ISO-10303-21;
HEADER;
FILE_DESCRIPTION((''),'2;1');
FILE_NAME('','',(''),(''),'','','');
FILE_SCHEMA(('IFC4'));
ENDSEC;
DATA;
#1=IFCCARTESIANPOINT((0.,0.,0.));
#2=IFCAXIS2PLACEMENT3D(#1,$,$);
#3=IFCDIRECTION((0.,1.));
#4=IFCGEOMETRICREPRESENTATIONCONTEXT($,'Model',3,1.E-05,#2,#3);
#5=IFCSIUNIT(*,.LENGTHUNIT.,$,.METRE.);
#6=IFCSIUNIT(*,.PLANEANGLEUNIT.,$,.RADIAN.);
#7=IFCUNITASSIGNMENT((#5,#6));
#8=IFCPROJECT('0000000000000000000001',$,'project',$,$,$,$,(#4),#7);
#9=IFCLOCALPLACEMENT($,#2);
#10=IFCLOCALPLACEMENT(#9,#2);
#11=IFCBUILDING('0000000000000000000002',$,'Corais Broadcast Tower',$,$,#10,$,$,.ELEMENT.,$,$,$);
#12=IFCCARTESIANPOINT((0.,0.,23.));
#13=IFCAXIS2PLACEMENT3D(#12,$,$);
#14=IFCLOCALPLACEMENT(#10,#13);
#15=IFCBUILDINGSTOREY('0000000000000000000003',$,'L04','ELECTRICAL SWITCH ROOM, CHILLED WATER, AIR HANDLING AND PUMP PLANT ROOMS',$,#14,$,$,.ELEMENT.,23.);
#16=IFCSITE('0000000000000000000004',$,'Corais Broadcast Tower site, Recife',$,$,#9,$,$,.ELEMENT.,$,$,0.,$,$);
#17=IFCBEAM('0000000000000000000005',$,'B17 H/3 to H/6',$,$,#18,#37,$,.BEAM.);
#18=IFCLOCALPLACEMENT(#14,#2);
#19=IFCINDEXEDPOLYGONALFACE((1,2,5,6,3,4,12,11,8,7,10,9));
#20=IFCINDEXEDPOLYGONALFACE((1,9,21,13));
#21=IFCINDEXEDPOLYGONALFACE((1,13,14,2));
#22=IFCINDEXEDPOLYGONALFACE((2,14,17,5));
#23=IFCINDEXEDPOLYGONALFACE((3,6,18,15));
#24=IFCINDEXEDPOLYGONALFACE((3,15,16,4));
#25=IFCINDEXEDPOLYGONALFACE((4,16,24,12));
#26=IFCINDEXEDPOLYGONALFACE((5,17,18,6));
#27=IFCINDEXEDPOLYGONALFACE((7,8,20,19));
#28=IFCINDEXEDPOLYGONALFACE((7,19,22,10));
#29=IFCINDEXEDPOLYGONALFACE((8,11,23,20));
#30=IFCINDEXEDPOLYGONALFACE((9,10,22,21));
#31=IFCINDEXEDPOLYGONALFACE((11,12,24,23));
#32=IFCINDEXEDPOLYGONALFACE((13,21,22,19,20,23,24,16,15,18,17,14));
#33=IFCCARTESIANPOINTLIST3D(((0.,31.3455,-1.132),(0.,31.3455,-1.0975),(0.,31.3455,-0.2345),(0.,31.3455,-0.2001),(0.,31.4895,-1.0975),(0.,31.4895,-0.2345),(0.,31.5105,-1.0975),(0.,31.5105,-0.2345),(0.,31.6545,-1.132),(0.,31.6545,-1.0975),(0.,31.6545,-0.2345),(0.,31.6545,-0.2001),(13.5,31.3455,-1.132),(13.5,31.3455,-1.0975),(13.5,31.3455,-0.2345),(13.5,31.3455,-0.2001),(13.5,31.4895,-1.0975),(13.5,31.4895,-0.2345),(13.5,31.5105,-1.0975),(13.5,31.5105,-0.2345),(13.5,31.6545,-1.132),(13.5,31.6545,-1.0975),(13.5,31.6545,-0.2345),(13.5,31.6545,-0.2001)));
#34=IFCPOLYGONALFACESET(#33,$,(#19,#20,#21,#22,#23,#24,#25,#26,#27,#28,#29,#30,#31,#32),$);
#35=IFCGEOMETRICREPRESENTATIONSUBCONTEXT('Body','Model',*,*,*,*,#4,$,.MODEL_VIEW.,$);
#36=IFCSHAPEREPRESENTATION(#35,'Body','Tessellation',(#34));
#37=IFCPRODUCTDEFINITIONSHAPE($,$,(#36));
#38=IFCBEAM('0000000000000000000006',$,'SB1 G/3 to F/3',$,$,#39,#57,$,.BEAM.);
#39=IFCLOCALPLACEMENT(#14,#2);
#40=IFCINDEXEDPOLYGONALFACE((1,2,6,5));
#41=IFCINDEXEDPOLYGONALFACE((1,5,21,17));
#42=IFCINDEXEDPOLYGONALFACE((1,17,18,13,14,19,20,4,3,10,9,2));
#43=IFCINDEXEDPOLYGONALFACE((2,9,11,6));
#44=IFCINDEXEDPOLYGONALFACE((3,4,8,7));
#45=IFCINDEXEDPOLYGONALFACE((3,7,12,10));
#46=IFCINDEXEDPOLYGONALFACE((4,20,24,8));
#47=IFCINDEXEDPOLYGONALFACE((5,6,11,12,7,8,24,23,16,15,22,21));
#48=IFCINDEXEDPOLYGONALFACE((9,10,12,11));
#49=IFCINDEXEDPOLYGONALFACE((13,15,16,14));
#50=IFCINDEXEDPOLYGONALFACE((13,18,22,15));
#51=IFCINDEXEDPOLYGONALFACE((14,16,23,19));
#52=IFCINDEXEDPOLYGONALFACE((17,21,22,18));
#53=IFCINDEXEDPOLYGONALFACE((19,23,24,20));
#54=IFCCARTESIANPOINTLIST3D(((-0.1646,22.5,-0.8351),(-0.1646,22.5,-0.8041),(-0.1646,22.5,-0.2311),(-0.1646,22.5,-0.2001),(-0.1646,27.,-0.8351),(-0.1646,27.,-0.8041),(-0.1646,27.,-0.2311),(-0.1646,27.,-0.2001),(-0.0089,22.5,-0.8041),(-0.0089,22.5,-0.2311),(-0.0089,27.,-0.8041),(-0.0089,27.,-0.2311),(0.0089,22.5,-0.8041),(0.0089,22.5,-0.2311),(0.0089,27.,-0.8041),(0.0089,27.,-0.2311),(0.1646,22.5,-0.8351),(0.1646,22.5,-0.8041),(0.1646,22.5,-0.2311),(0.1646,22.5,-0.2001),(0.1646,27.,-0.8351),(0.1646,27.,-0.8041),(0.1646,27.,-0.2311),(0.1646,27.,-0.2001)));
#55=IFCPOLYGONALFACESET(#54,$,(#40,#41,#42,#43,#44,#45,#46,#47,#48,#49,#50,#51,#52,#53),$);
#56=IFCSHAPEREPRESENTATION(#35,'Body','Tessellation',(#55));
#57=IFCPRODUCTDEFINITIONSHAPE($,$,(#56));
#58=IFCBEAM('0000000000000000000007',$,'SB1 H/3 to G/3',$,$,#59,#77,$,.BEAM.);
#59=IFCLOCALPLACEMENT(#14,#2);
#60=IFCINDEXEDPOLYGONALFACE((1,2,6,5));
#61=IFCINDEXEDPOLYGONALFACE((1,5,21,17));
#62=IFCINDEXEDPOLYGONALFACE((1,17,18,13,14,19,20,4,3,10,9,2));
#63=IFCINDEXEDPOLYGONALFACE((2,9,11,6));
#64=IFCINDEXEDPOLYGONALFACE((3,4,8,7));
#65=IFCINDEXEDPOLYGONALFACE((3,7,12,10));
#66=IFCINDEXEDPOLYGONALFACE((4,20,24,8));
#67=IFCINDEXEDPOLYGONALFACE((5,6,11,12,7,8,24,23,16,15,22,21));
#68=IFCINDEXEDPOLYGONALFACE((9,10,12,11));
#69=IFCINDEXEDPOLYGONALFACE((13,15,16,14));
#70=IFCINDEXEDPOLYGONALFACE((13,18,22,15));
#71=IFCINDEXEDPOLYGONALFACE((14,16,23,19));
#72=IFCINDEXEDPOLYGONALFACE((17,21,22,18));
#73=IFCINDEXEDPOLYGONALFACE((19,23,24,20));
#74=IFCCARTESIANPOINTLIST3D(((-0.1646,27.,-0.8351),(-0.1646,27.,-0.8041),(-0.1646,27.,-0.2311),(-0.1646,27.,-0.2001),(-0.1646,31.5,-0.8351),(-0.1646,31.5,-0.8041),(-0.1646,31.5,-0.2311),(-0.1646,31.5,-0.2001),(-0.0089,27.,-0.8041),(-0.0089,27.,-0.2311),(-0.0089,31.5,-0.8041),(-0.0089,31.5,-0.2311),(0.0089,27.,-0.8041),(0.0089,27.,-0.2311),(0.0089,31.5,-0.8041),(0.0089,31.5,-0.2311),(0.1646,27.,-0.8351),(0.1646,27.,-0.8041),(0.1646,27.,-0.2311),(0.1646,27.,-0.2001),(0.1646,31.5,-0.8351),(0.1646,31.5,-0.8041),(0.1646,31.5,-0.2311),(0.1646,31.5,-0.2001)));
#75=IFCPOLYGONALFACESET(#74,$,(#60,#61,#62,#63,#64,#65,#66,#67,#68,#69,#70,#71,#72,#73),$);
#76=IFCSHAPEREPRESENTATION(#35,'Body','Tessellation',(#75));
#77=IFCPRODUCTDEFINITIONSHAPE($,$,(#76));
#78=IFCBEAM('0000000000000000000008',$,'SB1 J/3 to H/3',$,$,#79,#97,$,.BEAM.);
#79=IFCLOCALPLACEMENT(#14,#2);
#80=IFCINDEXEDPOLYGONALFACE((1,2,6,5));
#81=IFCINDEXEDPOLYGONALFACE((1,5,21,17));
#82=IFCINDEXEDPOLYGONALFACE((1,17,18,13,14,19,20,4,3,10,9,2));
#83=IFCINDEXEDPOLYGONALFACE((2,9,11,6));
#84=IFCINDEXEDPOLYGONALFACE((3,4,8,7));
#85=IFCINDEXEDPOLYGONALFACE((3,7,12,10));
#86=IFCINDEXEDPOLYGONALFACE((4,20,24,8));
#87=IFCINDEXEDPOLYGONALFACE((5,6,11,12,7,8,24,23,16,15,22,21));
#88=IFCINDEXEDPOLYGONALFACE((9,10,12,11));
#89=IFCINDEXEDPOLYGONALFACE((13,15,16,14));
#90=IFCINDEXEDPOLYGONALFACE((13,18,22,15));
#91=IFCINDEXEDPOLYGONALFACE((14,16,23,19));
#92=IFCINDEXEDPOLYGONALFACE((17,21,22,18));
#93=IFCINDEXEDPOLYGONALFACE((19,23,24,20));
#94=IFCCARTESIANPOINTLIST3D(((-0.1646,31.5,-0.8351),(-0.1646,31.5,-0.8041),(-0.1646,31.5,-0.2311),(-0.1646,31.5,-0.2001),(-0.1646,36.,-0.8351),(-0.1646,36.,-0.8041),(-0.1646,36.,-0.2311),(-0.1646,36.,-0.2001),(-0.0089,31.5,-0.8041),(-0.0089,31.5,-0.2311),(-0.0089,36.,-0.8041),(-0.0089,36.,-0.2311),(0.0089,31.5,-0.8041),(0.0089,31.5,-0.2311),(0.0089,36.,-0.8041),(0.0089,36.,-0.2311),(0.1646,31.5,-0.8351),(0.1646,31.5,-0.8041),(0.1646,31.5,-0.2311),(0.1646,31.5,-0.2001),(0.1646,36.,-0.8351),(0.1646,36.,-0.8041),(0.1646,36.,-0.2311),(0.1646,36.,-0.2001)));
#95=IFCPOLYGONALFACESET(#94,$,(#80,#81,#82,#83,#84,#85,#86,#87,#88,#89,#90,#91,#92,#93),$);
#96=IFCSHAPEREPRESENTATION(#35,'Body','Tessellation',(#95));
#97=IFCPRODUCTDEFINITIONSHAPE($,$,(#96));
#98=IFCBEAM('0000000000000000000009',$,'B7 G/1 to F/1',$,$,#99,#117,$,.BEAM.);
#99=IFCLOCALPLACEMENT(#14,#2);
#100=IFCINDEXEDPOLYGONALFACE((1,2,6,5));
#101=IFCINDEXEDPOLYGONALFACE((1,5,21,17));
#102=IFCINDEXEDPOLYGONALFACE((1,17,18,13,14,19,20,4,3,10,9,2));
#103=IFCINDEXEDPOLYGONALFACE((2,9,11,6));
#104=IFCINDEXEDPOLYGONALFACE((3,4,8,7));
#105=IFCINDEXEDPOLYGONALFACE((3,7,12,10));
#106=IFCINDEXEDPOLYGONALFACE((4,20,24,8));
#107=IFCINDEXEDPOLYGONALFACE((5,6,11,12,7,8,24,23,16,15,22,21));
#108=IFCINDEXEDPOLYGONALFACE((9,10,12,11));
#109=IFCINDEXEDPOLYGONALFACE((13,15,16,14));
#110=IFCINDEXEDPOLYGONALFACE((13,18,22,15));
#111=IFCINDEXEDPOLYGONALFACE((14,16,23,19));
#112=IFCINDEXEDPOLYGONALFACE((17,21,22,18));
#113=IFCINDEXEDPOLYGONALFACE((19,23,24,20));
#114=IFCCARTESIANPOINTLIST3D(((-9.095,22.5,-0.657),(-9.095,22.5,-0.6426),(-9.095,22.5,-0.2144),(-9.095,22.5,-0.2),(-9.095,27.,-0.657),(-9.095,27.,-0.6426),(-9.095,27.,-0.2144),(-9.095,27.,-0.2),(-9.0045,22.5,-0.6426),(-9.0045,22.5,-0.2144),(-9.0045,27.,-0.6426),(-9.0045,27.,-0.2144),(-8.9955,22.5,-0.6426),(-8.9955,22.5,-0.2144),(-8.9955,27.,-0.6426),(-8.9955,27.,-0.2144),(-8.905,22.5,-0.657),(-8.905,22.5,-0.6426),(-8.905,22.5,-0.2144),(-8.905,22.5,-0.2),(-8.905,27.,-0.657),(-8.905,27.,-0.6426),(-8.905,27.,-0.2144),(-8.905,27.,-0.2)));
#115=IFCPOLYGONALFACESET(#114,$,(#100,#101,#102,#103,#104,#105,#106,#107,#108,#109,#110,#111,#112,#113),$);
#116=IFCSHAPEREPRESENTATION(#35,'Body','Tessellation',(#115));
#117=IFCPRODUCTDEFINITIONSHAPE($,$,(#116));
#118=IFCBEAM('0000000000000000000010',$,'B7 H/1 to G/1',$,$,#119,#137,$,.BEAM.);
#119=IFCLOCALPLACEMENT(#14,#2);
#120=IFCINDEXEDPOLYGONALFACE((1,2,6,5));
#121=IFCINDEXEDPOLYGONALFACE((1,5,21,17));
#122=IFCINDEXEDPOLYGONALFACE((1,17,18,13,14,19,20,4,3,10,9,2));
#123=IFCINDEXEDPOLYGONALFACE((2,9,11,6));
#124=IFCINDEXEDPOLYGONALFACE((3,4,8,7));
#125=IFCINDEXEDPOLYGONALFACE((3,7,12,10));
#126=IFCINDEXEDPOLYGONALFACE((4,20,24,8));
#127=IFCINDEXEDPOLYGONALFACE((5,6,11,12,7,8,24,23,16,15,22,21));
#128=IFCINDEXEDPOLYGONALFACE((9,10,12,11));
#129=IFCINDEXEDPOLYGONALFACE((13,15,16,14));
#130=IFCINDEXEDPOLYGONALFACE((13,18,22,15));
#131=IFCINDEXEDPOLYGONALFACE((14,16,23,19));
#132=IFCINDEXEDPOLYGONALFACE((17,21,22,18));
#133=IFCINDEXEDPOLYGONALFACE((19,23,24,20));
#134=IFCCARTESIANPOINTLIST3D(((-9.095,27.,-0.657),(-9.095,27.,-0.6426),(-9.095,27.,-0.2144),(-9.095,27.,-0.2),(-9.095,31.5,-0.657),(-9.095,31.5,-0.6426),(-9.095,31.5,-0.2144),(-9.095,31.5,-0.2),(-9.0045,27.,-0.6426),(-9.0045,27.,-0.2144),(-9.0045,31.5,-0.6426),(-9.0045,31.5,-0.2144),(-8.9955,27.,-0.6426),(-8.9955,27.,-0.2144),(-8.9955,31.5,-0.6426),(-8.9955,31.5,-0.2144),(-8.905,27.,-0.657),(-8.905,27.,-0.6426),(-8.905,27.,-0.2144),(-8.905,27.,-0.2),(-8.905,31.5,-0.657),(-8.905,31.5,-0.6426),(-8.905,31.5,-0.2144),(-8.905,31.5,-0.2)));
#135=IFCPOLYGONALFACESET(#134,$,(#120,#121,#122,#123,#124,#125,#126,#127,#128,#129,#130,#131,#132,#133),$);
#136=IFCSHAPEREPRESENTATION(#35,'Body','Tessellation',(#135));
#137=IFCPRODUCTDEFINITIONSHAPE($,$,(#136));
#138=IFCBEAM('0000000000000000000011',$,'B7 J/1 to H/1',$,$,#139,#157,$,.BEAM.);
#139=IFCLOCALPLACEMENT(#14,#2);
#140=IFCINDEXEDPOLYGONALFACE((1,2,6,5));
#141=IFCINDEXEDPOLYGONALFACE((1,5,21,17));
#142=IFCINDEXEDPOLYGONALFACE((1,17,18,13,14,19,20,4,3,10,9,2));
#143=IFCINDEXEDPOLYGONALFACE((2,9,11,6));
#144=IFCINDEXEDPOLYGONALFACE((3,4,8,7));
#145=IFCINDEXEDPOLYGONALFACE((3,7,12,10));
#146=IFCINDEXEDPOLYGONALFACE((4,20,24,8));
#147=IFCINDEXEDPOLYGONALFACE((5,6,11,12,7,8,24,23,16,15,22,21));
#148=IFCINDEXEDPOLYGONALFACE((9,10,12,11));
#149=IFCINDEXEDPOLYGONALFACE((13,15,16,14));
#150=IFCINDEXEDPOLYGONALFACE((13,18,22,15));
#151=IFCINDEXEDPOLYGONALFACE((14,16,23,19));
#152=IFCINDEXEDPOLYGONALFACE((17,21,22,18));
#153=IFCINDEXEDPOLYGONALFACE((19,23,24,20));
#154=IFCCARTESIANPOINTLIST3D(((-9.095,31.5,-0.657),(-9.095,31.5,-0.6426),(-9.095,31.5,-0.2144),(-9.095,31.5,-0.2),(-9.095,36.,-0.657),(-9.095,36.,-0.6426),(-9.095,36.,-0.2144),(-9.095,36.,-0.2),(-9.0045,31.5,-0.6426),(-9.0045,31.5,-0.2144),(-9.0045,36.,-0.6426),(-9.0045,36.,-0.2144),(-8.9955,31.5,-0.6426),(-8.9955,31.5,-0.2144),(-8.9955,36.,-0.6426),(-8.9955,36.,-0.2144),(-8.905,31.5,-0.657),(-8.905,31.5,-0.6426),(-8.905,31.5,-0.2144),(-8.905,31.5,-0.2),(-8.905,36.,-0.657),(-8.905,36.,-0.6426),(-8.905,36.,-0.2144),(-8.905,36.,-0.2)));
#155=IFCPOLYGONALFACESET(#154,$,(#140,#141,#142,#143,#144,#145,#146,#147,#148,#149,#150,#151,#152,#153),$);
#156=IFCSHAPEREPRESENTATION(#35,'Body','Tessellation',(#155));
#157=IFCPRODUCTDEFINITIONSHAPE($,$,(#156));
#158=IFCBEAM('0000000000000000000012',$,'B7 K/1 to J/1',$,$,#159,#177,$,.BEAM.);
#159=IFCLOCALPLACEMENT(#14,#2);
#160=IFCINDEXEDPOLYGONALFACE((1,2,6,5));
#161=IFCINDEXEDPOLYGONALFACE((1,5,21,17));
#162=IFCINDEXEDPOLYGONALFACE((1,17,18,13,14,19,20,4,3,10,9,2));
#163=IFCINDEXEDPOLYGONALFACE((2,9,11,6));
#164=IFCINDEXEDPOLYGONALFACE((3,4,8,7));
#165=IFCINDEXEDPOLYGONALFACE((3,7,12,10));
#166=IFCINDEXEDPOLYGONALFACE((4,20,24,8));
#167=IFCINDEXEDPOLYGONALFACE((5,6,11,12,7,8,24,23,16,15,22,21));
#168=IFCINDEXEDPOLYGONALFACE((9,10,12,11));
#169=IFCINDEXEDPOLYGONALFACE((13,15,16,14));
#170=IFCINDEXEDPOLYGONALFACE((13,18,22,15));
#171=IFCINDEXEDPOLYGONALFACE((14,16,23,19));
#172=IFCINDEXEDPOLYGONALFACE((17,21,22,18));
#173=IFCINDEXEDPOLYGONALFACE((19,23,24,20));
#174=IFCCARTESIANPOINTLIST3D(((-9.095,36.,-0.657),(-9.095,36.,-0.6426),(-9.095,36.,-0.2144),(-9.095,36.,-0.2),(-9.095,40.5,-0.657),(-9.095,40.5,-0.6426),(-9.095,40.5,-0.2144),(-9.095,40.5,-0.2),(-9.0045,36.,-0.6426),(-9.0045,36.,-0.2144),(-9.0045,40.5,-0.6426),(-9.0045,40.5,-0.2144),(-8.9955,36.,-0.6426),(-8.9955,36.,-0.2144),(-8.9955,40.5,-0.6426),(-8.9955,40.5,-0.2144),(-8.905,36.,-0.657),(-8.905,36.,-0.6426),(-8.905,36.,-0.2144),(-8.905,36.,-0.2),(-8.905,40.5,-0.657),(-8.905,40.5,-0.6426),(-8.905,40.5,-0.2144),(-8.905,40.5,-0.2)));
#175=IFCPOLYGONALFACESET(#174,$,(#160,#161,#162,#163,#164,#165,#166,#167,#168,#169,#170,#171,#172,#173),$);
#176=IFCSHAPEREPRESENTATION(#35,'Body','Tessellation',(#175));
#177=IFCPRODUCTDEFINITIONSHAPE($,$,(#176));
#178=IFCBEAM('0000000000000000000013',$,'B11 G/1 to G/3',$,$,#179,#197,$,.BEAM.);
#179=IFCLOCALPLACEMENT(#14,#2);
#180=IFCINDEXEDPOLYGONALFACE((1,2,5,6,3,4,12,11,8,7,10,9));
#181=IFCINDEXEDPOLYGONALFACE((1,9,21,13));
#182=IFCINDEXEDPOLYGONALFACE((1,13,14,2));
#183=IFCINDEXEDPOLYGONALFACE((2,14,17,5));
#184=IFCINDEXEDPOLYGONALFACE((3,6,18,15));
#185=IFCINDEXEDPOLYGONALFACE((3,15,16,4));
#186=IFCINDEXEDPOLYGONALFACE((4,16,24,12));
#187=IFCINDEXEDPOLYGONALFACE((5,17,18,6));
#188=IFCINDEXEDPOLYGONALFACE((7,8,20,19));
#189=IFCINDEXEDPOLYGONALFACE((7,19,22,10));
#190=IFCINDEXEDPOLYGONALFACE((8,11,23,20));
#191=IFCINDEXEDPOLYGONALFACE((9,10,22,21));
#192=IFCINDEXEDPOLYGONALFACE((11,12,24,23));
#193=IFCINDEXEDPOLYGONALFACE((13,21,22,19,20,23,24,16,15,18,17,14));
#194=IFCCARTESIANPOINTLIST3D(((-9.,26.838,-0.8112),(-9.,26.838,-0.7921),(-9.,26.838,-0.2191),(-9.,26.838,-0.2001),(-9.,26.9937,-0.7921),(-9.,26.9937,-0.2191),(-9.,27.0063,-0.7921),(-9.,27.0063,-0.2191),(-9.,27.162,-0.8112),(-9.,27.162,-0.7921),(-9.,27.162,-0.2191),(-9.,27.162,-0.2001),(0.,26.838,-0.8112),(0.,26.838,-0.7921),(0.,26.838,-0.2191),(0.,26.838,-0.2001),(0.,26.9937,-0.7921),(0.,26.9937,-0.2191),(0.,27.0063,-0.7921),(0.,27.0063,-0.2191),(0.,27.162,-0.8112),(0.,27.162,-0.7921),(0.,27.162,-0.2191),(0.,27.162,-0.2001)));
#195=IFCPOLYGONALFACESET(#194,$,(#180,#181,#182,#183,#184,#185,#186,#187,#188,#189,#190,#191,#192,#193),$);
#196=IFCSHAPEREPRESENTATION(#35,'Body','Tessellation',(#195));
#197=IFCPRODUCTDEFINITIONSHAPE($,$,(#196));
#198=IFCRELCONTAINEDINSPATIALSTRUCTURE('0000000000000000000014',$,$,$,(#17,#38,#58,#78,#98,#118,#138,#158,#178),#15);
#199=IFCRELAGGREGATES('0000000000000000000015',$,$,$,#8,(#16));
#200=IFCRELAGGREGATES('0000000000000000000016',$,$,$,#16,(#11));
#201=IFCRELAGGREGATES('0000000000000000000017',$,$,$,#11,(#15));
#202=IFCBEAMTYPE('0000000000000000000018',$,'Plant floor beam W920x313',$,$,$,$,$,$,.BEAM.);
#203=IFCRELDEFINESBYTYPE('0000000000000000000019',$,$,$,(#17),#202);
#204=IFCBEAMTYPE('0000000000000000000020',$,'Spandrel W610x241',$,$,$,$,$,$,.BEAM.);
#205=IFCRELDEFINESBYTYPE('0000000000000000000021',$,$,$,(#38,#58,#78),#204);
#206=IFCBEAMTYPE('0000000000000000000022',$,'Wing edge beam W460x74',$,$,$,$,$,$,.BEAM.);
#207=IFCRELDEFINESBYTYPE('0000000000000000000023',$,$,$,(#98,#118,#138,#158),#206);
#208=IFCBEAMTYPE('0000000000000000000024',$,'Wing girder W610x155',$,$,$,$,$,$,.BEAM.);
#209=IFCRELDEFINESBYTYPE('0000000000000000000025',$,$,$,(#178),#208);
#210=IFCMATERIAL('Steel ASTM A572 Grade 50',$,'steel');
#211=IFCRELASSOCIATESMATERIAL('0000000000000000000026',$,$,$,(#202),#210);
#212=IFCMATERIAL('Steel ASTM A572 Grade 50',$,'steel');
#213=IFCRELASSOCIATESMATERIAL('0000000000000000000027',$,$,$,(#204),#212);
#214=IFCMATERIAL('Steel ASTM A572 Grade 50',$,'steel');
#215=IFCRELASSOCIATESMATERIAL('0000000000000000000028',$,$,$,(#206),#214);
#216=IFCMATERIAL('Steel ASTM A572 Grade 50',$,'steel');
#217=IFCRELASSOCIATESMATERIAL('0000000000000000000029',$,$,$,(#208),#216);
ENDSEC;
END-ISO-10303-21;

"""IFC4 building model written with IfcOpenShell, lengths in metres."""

from ifc_helpers import new_model, si_unit, direction, frame, origin, origin_2d, place, context, subcontext, project, spatial, i_section, extrude, material, material_profile, profile_set, type_object, element, save


model = new_model("IFC4")

# Units and contexts
model_context = context("Model", 3, precision=1e-05, world=origin(), true_north=direction((0.0, 1.0)))
body_context = subcontext(model_context, "Body", "Model", "MODEL_VIEW")
ifc_project = project(units=[si_unit("LENGTHUNIT", "METRE"), si_unit("PLANEANGLEUNIT", "RADIAN")], contexts=[model_context])

# Site, building, storey
site_placement = place(None, origin())
site = spatial("IfcSite", under=ifc_project, at=site_placement, Name="Corais Broadcast Tower site, Recife", CompositionType="ELEMENT", RefElevation=0.0)
building_placement = place(site_placement, origin())
building = spatial("IfcBuilding", under=site, at=building_placement, Name="Corais Broadcast Tower", CompositionType="ELEMENT")
storey_placement = place(building_placement, frame((0.0, 0.0, 23.0)))
storey = spatial("IfcBuildingStorey", under=building, at=storey_placement, Name="L04", Description="ELECTRICAL SWITCH ROOM, CHILLED WATER, AIR HANDLING AND PUMP PLANT ROOMS", CompositionType="ELEMENT", Elevation=23.0)

# Beams
ifc_material_1 = material(Name="Steel ASTM A572 Grade 50", Category="steel")
ifc_material_profile_1 = material_profile(ifc_material_1, i_section(OverallWidth=0.3091, OverallDepth=0.9319, WebThickness=0.021, FlangeThickness=0.0344, at=origin_2d()), Name="W920x313")
ifc_profile_set_1 = profile_set([ifc_material_profile_1], Name="Steel ASTM A572 Grade 50")
beam_type_1 = type_object("IfcBeamType", Name="Plant floor beam W920x313", PredefinedType="BEAM", material=ifc_profile_set_1)
for number, where, z_axis, x_axis, name in (
    (1, (0.0, 31.5, -0.666), (1.0, 0.0, 0.0), (0.0, 1.0, 0.0), "B17 H/3 to H/6"),
):
    element("IfcBeam", number, at=place(storey_placement, frame(where, z_axis=z_axis, x_axis=x_axis)), inside=storey, type_object=beam_type_1, Name=name, PredefinedType="BEAM", context=body_context, shape_type="SweptSolid", body=[
        extrude(i_section(OverallWidth=0.3091, OverallDepth=0.9319, WebThickness=0.021, FlangeThickness=0.0344, at=origin_2d()), origin(), (0.0, 0.0, 1.0), 13.5),
    ])
ifc_material_2 = material(Name="Steel ASTM A572 Grade 50", Category="steel")
ifc_material_profile_2 = material_profile(ifc_material_2, i_section(OverallWidth=0.3291, OverallDepth=0.635, WebThickness=0.0178, FlangeThickness=0.031, at=origin_2d()), Name="W610x241")
ifc_profile_set_2 = profile_set([ifc_material_profile_2], Name="Steel ASTM A572 Grade 50")
beam_type_2 = type_object("IfcBeamType", Name="Spandrel W610x241", PredefinedType="BEAM", material=ifc_profile_set_2)
for number, where, z_axis, x_axis, name in (
    (2, (0.0, 27.0, -0.5176), (0.0, -1.0, 0.0), (1.0, 0.0, 0.0), "SB1 G/3 to F/3"),
    (3, (0.0, 31.5, -0.5176), (0.0, -1.0, 0.0), (1.0, 0.0, 0.0), "SB1 H/3 to G/3"),
    (4, (0.0, 36.0, -0.5176), (0.0, -1.0, 0.0), (1.0, 0.0, 0.0), "SB1 J/3 to H/3"),
):
    element("IfcBeam", number, at=place(storey_placement, frame(where, z_axis=z_axis, x_axis=x_axis)), inside=storey, type_object=beam_type_2, Name=name, PredefinedType="BEAM", context=body_context, shape_type="SweptSolid", body=[
        extrude(i_section(OverallWidth=0.3291, OverallDepth=0.635, WebThickness=0.0178, FlangeThickness=0.031, at=origin_2d()), origin(), (0.0, 0.0, 1.0), 4.5),
    ])
ifc_material_3 = material(Name="Steel ASTM A572 Grade 50", Category="steel")
ifc_material_profile_3 = material_profile(ifc_material_3, i_section(OverallWidth=0.1899, OverallDepth=0.457, WebThickness=0.009, FlangeThickness=0.0144, at=origin_2d()), Name="W460x74")
ifc_profile_set_3 = profile_set([ifc_material_profile_3], Name="Steel ASTM A572 Grade 50")
beam_type_3 = type_object("IfcBeamType", Name="Wing edge beam W460x74", PredefinedType="BEAM", material=ifc_profile_set_3)
for number, where, z_axis, x_axis, name in (
    (5, (-9.0, 27.0, -0.4285), (0.0, -1.0, 0.0), (1.0, 0.0, 0.0), "B7 G/1 to F/1"),
    (6, (-9.0, 31.5, -0.4285), (0.0, -1.0, 0.0), (1.0, 0.0, 0.0), "B7 H/1 to G/1"),
    (7, (-9.0, 36.0, -0.4285), (0.0, -1.0, 0.0), (1.0, 0.0, 0.0), "B7 J/1 to H/1"),
    (8, (-9.0, 40.5, -0.4285), (0.0, -1.0, 0.0), (1.0, 0.0, 0.0), "B7 K/1 to J/1"),
):
    element("IfcBeam", number, at=place(storey_placement, frame(where, z_axis=z_axis, x_axis=x_axis)), inside=storey, type_object=beam_type_3, Name=name, PredefinedType="BEAM", context=body_context, shape_type="SweptSolid", body=[
        extrude(i_section(OverallWidth=0.1899, OverallDepth=0.457, WebThickness=0.009, FlangeThickness=0.0144, at=origin_2d()), origin(), (0.0, 0.0, 1.0), 4.5),
    ])
ifc_material_4 = material(Name="Steel ASTM A572 Grade 50", Category="steel")
ifc_material_profile_4 = material_profile(ifc_material_4, i_section(OverallWidth=0.324, OverallDepth=0.6111, WebThickness=0.0127, FlangeThickness=0.019, at=origin_2d()), Name="W610x155")
ifc_profile_set_4 = profile_set([ifc_material_profile_4], Name="Steel ASTM A572 Grade 50")
beam_type_4 = type_object("IfcBeamType", Name="Wing girder W610x155", PredefinedType="BEAM", material=ifc_profile_set_4)
for number, where, z_axis, x_axis, name in (
    (9, (-9.0, 27.0, -0.5056), (1.0, 0.0, 0.0), (0.0, 1.0, 0.0), "B11 G/1 to G/3"),
):
    element("IfcBeam", number, at=place(storey_placement, frame(where, z_axis=z_axis, x_axis=x_axis)), inside=storey, type_object=beam_type_4, Name=name, PredefinedType="BEAM", context=body_context, shape_type="SweptSolid", body=[
        extrude(i_section(OverallWidth=0.324, OverallDepth=0.6111, WebThickness=0.0127, FlangeThickness=0.019, at=origin_2d()), origin(), (0.0, 0.0, 1.0), 9.0),
    ])

save(model, "model.ifc")
